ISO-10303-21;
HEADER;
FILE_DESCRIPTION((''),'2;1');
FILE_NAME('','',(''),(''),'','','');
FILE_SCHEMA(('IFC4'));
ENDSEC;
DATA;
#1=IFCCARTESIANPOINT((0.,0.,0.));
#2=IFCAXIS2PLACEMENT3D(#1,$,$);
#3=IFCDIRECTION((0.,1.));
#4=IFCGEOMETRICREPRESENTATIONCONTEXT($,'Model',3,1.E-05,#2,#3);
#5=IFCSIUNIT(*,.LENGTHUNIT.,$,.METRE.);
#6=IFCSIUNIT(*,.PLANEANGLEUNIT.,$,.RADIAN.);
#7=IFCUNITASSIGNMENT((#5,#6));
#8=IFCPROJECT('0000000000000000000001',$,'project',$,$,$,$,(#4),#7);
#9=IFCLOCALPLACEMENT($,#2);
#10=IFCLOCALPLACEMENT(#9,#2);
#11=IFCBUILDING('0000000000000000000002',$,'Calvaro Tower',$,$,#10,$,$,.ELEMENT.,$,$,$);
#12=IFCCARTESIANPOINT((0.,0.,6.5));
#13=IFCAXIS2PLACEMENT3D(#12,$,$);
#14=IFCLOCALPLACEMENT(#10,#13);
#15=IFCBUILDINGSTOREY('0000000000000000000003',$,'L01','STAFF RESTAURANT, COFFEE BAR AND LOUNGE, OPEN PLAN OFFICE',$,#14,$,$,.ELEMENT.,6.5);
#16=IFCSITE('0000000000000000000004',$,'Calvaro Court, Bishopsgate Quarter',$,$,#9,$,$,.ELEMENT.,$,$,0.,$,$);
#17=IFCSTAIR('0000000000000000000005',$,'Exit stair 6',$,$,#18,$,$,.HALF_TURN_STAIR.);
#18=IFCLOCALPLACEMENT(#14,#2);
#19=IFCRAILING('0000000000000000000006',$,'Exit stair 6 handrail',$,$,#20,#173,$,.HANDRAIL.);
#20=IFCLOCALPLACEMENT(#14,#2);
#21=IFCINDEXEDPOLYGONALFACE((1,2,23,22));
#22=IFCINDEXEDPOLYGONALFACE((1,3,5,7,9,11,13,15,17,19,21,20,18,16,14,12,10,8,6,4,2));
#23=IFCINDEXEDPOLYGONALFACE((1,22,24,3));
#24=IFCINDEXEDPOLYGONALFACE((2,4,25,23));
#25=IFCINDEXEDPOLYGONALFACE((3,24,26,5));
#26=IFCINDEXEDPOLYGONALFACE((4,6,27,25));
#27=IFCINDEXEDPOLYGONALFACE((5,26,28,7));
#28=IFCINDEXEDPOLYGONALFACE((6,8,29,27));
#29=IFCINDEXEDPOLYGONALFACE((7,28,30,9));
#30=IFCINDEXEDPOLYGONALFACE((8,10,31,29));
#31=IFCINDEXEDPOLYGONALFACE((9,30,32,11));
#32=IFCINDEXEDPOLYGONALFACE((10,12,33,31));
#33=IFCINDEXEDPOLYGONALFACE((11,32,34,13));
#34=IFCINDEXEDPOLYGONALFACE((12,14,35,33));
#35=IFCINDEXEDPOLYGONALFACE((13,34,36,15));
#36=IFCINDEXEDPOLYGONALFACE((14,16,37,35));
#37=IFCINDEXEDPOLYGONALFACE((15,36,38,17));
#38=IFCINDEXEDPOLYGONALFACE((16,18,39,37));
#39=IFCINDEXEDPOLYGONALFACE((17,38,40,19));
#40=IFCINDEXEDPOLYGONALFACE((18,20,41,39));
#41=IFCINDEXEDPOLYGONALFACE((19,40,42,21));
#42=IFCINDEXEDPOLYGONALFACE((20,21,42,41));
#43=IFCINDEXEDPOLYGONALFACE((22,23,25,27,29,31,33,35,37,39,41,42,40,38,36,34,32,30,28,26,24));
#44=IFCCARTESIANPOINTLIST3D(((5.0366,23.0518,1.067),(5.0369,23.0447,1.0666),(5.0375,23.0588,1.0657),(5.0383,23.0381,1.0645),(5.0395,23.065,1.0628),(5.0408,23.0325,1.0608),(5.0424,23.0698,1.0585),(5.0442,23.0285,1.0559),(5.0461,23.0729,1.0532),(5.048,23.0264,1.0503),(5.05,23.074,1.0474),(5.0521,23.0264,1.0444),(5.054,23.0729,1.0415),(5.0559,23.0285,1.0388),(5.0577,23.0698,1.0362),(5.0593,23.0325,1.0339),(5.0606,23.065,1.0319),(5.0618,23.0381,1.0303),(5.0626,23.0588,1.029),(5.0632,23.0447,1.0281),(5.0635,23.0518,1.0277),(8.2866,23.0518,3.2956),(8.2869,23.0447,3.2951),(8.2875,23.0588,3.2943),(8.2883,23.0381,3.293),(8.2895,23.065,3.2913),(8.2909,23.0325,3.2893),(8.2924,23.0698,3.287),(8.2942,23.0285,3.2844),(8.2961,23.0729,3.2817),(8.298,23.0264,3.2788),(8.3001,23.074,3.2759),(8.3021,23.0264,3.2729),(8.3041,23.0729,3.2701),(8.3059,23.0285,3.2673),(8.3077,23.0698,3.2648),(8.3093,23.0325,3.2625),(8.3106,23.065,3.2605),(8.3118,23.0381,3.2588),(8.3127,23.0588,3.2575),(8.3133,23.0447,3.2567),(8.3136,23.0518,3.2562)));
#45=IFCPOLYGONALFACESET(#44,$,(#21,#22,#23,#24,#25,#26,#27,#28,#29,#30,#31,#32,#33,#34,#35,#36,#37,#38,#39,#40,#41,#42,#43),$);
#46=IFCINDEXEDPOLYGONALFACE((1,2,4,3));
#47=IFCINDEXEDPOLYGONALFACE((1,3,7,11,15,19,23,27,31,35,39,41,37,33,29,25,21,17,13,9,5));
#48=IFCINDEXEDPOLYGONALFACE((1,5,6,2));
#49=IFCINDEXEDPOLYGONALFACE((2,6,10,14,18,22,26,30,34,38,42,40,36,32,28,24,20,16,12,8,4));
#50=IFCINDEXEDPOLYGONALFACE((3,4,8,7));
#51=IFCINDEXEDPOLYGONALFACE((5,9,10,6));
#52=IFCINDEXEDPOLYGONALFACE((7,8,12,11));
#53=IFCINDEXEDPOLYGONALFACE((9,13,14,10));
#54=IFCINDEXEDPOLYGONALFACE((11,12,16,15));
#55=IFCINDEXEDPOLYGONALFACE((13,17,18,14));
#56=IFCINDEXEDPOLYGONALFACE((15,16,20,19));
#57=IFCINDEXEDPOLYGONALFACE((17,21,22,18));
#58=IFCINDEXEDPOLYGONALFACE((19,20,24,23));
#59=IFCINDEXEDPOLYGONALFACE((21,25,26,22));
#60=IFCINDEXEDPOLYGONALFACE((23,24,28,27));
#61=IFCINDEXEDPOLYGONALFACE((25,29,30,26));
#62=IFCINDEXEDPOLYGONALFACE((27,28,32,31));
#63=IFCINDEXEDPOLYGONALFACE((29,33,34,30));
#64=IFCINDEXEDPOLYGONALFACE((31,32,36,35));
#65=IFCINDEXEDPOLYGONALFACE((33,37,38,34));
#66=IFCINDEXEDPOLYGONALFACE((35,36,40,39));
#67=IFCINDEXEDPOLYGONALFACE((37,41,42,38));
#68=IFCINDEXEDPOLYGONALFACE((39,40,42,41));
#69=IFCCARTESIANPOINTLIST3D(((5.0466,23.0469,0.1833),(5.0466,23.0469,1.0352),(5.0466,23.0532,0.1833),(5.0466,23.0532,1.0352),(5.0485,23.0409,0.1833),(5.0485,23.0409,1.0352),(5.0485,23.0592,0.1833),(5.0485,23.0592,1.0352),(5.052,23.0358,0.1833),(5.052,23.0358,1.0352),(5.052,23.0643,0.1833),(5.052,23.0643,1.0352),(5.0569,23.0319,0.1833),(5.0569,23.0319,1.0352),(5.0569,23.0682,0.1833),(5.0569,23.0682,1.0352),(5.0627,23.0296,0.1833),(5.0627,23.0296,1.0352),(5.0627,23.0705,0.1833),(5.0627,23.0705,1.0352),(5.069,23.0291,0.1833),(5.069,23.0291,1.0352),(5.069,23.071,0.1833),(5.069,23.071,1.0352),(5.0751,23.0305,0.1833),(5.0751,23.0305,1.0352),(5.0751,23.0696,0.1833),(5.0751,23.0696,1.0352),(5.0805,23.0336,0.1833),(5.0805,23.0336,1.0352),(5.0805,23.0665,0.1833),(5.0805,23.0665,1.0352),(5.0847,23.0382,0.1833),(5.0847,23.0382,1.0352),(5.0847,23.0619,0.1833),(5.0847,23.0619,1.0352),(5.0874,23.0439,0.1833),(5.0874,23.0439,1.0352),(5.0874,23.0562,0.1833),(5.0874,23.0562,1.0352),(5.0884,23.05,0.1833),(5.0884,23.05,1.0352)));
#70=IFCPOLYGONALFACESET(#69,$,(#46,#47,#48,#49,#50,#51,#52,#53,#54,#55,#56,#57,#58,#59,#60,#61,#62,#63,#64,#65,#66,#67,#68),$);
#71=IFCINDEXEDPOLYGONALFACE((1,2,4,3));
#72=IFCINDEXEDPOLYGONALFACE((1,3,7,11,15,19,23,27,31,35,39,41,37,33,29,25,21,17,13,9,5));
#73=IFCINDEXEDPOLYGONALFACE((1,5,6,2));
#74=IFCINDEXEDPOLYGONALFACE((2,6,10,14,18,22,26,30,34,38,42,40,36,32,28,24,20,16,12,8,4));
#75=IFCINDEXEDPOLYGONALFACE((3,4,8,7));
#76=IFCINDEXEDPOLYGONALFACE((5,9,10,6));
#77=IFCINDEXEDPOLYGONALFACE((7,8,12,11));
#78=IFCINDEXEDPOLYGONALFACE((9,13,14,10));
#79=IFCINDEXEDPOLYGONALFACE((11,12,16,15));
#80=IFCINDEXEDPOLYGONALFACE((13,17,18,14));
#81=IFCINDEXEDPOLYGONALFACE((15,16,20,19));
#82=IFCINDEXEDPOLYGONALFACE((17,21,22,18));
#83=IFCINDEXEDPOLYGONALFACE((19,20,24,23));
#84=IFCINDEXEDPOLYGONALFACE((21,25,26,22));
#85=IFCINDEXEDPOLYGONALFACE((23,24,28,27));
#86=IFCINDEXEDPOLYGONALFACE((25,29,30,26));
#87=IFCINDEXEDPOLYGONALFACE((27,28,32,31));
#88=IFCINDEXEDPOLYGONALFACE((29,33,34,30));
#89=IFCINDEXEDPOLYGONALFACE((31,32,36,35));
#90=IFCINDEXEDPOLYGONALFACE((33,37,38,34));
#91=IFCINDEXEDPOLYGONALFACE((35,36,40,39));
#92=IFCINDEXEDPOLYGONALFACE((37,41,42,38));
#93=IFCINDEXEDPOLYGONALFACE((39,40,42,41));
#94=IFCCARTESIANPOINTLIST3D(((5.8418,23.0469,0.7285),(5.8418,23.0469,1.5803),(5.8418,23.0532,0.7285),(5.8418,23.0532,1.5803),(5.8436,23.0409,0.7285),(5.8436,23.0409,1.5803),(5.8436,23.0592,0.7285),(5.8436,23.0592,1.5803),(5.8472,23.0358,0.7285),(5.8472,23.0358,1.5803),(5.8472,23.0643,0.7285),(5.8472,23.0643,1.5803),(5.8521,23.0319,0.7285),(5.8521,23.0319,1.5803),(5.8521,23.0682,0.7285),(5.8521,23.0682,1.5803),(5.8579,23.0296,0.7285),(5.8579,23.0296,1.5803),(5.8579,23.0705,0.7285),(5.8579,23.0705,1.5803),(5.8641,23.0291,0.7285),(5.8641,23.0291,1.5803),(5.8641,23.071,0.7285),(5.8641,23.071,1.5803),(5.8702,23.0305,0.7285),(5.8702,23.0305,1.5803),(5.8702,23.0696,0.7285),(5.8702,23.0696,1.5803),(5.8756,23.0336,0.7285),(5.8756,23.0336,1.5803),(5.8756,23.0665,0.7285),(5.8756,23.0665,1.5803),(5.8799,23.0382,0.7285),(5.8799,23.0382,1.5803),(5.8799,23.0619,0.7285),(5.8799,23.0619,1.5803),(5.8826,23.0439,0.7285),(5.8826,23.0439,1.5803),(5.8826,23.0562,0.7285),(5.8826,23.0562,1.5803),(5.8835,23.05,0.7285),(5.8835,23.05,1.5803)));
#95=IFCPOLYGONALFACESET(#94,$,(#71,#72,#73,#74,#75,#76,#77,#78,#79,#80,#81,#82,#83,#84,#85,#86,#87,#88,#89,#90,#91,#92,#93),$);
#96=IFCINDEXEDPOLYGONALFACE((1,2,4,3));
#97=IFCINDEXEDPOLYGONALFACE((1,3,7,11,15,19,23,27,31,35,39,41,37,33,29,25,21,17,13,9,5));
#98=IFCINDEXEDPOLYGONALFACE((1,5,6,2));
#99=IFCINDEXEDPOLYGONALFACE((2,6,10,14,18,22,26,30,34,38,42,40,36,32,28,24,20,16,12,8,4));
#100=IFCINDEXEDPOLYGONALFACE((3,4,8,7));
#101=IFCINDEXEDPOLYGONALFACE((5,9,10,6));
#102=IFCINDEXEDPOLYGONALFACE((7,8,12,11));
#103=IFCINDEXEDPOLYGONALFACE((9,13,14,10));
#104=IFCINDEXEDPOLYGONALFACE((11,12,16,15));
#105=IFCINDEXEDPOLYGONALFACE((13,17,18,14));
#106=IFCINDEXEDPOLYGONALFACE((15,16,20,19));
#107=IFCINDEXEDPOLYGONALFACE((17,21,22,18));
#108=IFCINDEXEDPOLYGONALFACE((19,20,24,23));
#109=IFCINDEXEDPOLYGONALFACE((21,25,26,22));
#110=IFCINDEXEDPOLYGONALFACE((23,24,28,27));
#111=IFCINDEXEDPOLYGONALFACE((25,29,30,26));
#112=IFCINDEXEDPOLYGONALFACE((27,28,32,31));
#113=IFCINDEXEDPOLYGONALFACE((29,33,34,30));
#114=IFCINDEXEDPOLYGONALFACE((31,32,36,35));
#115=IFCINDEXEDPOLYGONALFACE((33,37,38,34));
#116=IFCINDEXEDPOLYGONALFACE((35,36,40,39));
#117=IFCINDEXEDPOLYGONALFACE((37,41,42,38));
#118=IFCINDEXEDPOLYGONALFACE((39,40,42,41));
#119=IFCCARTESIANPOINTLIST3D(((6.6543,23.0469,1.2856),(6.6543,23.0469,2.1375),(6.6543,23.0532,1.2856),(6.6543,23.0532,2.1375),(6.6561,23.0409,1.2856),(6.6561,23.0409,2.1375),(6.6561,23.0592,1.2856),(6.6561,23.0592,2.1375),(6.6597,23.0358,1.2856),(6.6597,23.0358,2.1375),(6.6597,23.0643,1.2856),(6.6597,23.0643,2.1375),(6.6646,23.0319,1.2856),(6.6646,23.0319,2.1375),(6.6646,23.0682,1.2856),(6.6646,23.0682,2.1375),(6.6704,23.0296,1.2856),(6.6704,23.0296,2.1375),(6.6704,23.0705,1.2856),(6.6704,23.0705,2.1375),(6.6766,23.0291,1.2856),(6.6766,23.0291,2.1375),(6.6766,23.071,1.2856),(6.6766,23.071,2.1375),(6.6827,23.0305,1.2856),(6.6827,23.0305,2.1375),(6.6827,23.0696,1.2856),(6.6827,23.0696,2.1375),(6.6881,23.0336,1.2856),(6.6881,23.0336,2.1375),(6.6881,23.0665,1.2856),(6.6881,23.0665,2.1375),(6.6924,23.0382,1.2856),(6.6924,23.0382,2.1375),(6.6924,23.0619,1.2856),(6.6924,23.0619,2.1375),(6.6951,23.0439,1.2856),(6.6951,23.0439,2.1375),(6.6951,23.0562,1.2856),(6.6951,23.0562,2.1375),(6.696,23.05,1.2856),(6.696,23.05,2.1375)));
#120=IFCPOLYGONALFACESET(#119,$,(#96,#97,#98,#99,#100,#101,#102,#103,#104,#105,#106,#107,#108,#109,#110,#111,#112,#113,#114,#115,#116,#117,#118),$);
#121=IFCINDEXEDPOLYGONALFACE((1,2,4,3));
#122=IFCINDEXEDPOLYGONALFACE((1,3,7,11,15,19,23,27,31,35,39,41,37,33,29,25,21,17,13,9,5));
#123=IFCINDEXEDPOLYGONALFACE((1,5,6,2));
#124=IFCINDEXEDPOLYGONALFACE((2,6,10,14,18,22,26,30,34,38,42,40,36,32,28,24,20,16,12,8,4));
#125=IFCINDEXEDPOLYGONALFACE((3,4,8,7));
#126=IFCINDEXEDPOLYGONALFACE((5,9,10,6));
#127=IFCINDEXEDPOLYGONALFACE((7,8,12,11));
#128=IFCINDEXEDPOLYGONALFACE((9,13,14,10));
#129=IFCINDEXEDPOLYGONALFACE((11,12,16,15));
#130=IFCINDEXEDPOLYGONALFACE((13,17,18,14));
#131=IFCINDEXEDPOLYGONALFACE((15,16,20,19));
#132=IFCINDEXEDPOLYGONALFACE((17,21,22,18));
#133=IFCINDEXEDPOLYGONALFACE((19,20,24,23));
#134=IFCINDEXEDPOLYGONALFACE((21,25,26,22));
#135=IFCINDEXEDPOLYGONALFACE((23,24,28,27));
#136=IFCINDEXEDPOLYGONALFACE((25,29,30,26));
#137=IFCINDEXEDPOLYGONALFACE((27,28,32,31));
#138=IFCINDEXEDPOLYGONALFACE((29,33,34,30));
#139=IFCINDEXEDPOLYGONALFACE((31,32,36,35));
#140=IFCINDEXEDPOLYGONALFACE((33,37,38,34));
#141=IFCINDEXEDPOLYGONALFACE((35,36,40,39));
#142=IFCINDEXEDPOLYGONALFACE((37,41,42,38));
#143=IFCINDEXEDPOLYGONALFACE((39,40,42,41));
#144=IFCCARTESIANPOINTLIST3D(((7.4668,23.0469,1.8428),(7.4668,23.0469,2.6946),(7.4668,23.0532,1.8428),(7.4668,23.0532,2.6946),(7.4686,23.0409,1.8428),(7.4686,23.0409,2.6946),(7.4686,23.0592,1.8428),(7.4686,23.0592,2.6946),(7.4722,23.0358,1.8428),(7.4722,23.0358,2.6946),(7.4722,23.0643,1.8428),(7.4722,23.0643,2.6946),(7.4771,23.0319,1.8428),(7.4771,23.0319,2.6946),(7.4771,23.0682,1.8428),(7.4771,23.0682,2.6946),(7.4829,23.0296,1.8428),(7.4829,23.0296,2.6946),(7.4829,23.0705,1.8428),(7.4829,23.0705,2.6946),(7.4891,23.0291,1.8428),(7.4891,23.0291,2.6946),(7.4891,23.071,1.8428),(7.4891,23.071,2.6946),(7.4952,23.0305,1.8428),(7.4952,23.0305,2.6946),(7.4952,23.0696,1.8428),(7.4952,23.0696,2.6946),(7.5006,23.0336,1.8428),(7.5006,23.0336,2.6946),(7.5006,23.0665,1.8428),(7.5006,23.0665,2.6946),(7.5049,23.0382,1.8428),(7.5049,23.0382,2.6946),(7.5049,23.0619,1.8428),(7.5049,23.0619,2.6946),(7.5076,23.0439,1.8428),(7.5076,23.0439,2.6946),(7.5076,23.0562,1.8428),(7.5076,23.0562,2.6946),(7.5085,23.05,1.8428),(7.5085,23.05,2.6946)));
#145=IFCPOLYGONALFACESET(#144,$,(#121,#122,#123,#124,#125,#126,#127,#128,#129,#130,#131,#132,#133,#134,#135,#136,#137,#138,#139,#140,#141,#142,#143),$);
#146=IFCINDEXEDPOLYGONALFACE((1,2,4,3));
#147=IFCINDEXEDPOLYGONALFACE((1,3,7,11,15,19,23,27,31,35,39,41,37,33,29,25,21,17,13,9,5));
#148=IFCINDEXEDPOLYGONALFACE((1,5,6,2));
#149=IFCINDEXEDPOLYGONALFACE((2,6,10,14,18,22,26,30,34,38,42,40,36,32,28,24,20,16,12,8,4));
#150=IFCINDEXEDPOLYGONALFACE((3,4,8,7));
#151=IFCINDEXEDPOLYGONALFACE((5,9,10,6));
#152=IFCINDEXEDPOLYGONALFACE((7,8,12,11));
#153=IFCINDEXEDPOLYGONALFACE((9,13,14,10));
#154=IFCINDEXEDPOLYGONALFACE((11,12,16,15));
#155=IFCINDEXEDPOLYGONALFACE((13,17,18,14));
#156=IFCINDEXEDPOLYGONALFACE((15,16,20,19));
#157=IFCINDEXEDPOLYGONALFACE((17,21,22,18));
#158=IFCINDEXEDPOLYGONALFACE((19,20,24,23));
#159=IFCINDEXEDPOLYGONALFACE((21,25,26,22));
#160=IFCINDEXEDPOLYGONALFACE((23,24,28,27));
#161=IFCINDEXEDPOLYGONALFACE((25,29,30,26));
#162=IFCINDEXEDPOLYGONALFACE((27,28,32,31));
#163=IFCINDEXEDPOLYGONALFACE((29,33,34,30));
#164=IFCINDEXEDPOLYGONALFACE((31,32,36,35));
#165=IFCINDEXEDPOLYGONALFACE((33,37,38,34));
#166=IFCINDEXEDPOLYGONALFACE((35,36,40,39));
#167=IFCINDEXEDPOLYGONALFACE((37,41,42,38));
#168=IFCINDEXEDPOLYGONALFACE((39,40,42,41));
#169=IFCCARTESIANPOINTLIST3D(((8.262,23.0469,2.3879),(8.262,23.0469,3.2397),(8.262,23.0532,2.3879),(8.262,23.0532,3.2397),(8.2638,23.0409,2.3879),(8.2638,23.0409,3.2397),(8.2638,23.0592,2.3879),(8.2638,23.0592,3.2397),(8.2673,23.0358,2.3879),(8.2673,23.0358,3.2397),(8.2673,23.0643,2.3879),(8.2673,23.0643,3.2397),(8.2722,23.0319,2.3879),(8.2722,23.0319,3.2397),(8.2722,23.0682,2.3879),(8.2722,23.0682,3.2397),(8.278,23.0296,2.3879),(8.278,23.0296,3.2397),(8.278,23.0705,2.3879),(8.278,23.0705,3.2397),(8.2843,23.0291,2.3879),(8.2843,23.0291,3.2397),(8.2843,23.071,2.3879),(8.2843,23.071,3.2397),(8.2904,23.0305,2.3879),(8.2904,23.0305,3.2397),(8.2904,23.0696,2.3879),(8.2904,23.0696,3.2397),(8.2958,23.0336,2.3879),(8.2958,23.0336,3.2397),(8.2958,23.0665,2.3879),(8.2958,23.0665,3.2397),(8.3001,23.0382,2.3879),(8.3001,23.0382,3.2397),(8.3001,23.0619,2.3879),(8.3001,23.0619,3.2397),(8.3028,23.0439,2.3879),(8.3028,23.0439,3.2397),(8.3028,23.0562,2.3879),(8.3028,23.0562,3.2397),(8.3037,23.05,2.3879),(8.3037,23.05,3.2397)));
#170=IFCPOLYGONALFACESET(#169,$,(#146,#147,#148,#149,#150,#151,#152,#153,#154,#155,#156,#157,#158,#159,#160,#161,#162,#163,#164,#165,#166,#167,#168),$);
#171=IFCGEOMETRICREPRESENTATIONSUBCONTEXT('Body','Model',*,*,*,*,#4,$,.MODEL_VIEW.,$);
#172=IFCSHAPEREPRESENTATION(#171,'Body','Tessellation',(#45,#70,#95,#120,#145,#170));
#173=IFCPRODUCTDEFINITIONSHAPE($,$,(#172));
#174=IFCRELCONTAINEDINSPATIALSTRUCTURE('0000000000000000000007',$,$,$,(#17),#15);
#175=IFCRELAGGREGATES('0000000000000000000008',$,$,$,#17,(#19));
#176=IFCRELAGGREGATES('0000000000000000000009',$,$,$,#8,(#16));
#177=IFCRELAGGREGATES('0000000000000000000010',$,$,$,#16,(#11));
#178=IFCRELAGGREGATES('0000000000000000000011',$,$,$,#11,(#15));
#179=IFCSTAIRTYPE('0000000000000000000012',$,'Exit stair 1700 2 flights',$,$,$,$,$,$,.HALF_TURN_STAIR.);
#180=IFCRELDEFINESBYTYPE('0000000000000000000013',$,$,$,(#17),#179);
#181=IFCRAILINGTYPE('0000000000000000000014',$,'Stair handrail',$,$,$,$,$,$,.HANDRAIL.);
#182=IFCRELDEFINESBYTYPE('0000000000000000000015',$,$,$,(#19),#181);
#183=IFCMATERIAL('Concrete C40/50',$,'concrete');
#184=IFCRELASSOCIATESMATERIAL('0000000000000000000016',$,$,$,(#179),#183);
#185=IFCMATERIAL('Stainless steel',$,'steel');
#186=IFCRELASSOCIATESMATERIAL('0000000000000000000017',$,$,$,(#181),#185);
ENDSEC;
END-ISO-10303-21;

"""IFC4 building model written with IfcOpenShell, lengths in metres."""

from ifc_helpers import new_model, si_unit, direction, frame, origin, origin_2d, place, context, subcontext, project, spatial, circle, extrude, material, type_object, element, aggregate, save


model = new_model("IFC4")

# Units and contexts
model_context = context("Model", 3, precision=1e-05, world=origin(), true_north=direction((0.0, 1.0)))
body_context = subcontext(model_context, "Body", "Model", "MODEL_VIEW")
ifc_project = project(units=[si_unit("LENGTHUNIT", "METRE"), si_unit("PLANEANGLEUNIT", "RADIAN")], contexts=[model_context])

# Site, building, storey
site_placement = place(None, origin())
site = spatial("IfcSite", under=ifc_project, at=site_placement, Name="Calvaro Court, Bishopsgate Quarter", CompositionType="ELEMENT", RefElevation=0.0)
building_placement = place(site_placement, origin())
building = spatial("IfcBuilding", under=site, at=building_placement, Name="Calvaro Tower", CompositionType="ELEMENT")
storey_placement = place(building_placement, frame((0.0, 0.0, 6.5)))
storey = spatial("IfcBuildingStorey", under=building, at=storey_placement, Name="L01", Description="STAFF RESTAURANT, COFFEE BAR AND LOUNGE, OPEN PLAN OFFICE", CompositionType="ELEMENT", Elevation=6.5)

# Stair, railing
ifc_material_1 = material(Name="Concrete C40/50", Category="concrete")
stair_type = type_object("IfcStairType", Name="Exit stair 1700 2 flights", PredefinedType="HALF_TURN_STAIR", material=ifc_material_1)
stair_placement = place(storey_placement, origin())
stair = element("IfcStair", 1, at=stair_placement, inside=storey, type_object=stair_type, Name="Exit stair 6", PredefinedType="HALF_TURN_STAIR")
ifc_material_2 = material(Name="Stainless steel", Category="steel")
railing_type = type_object("IfcRailingType", Name="Stair handrail", PredefinedType="HANDRAIL", material=ifc_material_2)
railing_1_placement = place(storey_placement, frame((5.05, 23.05, 0.1714)))
railing_1 = element("IfcRailing", 2, at=railing_1_placement, type_object=railing_type, Name="Exit stair 6 handrail", PredefinedType="HANDRAIL", context=body_context, shape_type="SweptSolid", body=[
    extrude(circle(Radius=0.0239, at=origin_2d()), frame((0.0, 0.0, 0.876), z_axis=(0.824735, 0.0, 0.565519), x_axis=(0.0, 1.0, 0.0)), (0.0, 0.0, 1.0), 3.9407),
    extrude(circle(Radius=0.021, at=origin_2d()), frame((0.0173, 0.0, 0.012)), (0.0, 0.0, 1.0), 0.8518),
    extrude(circle(Radius=0.021, at=origin_2d()), frame((0.8125, 0.0, 0.5571)), (0.0, 0.0, 1.0), 0.8518),
    extrude(circle(Radius=0.021, at=origin_2d()), frame((1.625, 0.0, 1.1143)), (0.0, 0.0, 1.0), 0.8518),
    extrude(circle(Radius=0.021, at=origin_2d()), frame((2.4375, 0.0, 1.6714)), (0.0, 0.0, 1.0), 0.8518),
    extrude(circle(Radius=0.021, at=origin_2d()), frame((3.2327, 0.0, 2.2166)), (0.0, 0.0, 1.0), 0.8518),
])
aggregate(stair, [railing_1])

save(model, "model.ifc")
